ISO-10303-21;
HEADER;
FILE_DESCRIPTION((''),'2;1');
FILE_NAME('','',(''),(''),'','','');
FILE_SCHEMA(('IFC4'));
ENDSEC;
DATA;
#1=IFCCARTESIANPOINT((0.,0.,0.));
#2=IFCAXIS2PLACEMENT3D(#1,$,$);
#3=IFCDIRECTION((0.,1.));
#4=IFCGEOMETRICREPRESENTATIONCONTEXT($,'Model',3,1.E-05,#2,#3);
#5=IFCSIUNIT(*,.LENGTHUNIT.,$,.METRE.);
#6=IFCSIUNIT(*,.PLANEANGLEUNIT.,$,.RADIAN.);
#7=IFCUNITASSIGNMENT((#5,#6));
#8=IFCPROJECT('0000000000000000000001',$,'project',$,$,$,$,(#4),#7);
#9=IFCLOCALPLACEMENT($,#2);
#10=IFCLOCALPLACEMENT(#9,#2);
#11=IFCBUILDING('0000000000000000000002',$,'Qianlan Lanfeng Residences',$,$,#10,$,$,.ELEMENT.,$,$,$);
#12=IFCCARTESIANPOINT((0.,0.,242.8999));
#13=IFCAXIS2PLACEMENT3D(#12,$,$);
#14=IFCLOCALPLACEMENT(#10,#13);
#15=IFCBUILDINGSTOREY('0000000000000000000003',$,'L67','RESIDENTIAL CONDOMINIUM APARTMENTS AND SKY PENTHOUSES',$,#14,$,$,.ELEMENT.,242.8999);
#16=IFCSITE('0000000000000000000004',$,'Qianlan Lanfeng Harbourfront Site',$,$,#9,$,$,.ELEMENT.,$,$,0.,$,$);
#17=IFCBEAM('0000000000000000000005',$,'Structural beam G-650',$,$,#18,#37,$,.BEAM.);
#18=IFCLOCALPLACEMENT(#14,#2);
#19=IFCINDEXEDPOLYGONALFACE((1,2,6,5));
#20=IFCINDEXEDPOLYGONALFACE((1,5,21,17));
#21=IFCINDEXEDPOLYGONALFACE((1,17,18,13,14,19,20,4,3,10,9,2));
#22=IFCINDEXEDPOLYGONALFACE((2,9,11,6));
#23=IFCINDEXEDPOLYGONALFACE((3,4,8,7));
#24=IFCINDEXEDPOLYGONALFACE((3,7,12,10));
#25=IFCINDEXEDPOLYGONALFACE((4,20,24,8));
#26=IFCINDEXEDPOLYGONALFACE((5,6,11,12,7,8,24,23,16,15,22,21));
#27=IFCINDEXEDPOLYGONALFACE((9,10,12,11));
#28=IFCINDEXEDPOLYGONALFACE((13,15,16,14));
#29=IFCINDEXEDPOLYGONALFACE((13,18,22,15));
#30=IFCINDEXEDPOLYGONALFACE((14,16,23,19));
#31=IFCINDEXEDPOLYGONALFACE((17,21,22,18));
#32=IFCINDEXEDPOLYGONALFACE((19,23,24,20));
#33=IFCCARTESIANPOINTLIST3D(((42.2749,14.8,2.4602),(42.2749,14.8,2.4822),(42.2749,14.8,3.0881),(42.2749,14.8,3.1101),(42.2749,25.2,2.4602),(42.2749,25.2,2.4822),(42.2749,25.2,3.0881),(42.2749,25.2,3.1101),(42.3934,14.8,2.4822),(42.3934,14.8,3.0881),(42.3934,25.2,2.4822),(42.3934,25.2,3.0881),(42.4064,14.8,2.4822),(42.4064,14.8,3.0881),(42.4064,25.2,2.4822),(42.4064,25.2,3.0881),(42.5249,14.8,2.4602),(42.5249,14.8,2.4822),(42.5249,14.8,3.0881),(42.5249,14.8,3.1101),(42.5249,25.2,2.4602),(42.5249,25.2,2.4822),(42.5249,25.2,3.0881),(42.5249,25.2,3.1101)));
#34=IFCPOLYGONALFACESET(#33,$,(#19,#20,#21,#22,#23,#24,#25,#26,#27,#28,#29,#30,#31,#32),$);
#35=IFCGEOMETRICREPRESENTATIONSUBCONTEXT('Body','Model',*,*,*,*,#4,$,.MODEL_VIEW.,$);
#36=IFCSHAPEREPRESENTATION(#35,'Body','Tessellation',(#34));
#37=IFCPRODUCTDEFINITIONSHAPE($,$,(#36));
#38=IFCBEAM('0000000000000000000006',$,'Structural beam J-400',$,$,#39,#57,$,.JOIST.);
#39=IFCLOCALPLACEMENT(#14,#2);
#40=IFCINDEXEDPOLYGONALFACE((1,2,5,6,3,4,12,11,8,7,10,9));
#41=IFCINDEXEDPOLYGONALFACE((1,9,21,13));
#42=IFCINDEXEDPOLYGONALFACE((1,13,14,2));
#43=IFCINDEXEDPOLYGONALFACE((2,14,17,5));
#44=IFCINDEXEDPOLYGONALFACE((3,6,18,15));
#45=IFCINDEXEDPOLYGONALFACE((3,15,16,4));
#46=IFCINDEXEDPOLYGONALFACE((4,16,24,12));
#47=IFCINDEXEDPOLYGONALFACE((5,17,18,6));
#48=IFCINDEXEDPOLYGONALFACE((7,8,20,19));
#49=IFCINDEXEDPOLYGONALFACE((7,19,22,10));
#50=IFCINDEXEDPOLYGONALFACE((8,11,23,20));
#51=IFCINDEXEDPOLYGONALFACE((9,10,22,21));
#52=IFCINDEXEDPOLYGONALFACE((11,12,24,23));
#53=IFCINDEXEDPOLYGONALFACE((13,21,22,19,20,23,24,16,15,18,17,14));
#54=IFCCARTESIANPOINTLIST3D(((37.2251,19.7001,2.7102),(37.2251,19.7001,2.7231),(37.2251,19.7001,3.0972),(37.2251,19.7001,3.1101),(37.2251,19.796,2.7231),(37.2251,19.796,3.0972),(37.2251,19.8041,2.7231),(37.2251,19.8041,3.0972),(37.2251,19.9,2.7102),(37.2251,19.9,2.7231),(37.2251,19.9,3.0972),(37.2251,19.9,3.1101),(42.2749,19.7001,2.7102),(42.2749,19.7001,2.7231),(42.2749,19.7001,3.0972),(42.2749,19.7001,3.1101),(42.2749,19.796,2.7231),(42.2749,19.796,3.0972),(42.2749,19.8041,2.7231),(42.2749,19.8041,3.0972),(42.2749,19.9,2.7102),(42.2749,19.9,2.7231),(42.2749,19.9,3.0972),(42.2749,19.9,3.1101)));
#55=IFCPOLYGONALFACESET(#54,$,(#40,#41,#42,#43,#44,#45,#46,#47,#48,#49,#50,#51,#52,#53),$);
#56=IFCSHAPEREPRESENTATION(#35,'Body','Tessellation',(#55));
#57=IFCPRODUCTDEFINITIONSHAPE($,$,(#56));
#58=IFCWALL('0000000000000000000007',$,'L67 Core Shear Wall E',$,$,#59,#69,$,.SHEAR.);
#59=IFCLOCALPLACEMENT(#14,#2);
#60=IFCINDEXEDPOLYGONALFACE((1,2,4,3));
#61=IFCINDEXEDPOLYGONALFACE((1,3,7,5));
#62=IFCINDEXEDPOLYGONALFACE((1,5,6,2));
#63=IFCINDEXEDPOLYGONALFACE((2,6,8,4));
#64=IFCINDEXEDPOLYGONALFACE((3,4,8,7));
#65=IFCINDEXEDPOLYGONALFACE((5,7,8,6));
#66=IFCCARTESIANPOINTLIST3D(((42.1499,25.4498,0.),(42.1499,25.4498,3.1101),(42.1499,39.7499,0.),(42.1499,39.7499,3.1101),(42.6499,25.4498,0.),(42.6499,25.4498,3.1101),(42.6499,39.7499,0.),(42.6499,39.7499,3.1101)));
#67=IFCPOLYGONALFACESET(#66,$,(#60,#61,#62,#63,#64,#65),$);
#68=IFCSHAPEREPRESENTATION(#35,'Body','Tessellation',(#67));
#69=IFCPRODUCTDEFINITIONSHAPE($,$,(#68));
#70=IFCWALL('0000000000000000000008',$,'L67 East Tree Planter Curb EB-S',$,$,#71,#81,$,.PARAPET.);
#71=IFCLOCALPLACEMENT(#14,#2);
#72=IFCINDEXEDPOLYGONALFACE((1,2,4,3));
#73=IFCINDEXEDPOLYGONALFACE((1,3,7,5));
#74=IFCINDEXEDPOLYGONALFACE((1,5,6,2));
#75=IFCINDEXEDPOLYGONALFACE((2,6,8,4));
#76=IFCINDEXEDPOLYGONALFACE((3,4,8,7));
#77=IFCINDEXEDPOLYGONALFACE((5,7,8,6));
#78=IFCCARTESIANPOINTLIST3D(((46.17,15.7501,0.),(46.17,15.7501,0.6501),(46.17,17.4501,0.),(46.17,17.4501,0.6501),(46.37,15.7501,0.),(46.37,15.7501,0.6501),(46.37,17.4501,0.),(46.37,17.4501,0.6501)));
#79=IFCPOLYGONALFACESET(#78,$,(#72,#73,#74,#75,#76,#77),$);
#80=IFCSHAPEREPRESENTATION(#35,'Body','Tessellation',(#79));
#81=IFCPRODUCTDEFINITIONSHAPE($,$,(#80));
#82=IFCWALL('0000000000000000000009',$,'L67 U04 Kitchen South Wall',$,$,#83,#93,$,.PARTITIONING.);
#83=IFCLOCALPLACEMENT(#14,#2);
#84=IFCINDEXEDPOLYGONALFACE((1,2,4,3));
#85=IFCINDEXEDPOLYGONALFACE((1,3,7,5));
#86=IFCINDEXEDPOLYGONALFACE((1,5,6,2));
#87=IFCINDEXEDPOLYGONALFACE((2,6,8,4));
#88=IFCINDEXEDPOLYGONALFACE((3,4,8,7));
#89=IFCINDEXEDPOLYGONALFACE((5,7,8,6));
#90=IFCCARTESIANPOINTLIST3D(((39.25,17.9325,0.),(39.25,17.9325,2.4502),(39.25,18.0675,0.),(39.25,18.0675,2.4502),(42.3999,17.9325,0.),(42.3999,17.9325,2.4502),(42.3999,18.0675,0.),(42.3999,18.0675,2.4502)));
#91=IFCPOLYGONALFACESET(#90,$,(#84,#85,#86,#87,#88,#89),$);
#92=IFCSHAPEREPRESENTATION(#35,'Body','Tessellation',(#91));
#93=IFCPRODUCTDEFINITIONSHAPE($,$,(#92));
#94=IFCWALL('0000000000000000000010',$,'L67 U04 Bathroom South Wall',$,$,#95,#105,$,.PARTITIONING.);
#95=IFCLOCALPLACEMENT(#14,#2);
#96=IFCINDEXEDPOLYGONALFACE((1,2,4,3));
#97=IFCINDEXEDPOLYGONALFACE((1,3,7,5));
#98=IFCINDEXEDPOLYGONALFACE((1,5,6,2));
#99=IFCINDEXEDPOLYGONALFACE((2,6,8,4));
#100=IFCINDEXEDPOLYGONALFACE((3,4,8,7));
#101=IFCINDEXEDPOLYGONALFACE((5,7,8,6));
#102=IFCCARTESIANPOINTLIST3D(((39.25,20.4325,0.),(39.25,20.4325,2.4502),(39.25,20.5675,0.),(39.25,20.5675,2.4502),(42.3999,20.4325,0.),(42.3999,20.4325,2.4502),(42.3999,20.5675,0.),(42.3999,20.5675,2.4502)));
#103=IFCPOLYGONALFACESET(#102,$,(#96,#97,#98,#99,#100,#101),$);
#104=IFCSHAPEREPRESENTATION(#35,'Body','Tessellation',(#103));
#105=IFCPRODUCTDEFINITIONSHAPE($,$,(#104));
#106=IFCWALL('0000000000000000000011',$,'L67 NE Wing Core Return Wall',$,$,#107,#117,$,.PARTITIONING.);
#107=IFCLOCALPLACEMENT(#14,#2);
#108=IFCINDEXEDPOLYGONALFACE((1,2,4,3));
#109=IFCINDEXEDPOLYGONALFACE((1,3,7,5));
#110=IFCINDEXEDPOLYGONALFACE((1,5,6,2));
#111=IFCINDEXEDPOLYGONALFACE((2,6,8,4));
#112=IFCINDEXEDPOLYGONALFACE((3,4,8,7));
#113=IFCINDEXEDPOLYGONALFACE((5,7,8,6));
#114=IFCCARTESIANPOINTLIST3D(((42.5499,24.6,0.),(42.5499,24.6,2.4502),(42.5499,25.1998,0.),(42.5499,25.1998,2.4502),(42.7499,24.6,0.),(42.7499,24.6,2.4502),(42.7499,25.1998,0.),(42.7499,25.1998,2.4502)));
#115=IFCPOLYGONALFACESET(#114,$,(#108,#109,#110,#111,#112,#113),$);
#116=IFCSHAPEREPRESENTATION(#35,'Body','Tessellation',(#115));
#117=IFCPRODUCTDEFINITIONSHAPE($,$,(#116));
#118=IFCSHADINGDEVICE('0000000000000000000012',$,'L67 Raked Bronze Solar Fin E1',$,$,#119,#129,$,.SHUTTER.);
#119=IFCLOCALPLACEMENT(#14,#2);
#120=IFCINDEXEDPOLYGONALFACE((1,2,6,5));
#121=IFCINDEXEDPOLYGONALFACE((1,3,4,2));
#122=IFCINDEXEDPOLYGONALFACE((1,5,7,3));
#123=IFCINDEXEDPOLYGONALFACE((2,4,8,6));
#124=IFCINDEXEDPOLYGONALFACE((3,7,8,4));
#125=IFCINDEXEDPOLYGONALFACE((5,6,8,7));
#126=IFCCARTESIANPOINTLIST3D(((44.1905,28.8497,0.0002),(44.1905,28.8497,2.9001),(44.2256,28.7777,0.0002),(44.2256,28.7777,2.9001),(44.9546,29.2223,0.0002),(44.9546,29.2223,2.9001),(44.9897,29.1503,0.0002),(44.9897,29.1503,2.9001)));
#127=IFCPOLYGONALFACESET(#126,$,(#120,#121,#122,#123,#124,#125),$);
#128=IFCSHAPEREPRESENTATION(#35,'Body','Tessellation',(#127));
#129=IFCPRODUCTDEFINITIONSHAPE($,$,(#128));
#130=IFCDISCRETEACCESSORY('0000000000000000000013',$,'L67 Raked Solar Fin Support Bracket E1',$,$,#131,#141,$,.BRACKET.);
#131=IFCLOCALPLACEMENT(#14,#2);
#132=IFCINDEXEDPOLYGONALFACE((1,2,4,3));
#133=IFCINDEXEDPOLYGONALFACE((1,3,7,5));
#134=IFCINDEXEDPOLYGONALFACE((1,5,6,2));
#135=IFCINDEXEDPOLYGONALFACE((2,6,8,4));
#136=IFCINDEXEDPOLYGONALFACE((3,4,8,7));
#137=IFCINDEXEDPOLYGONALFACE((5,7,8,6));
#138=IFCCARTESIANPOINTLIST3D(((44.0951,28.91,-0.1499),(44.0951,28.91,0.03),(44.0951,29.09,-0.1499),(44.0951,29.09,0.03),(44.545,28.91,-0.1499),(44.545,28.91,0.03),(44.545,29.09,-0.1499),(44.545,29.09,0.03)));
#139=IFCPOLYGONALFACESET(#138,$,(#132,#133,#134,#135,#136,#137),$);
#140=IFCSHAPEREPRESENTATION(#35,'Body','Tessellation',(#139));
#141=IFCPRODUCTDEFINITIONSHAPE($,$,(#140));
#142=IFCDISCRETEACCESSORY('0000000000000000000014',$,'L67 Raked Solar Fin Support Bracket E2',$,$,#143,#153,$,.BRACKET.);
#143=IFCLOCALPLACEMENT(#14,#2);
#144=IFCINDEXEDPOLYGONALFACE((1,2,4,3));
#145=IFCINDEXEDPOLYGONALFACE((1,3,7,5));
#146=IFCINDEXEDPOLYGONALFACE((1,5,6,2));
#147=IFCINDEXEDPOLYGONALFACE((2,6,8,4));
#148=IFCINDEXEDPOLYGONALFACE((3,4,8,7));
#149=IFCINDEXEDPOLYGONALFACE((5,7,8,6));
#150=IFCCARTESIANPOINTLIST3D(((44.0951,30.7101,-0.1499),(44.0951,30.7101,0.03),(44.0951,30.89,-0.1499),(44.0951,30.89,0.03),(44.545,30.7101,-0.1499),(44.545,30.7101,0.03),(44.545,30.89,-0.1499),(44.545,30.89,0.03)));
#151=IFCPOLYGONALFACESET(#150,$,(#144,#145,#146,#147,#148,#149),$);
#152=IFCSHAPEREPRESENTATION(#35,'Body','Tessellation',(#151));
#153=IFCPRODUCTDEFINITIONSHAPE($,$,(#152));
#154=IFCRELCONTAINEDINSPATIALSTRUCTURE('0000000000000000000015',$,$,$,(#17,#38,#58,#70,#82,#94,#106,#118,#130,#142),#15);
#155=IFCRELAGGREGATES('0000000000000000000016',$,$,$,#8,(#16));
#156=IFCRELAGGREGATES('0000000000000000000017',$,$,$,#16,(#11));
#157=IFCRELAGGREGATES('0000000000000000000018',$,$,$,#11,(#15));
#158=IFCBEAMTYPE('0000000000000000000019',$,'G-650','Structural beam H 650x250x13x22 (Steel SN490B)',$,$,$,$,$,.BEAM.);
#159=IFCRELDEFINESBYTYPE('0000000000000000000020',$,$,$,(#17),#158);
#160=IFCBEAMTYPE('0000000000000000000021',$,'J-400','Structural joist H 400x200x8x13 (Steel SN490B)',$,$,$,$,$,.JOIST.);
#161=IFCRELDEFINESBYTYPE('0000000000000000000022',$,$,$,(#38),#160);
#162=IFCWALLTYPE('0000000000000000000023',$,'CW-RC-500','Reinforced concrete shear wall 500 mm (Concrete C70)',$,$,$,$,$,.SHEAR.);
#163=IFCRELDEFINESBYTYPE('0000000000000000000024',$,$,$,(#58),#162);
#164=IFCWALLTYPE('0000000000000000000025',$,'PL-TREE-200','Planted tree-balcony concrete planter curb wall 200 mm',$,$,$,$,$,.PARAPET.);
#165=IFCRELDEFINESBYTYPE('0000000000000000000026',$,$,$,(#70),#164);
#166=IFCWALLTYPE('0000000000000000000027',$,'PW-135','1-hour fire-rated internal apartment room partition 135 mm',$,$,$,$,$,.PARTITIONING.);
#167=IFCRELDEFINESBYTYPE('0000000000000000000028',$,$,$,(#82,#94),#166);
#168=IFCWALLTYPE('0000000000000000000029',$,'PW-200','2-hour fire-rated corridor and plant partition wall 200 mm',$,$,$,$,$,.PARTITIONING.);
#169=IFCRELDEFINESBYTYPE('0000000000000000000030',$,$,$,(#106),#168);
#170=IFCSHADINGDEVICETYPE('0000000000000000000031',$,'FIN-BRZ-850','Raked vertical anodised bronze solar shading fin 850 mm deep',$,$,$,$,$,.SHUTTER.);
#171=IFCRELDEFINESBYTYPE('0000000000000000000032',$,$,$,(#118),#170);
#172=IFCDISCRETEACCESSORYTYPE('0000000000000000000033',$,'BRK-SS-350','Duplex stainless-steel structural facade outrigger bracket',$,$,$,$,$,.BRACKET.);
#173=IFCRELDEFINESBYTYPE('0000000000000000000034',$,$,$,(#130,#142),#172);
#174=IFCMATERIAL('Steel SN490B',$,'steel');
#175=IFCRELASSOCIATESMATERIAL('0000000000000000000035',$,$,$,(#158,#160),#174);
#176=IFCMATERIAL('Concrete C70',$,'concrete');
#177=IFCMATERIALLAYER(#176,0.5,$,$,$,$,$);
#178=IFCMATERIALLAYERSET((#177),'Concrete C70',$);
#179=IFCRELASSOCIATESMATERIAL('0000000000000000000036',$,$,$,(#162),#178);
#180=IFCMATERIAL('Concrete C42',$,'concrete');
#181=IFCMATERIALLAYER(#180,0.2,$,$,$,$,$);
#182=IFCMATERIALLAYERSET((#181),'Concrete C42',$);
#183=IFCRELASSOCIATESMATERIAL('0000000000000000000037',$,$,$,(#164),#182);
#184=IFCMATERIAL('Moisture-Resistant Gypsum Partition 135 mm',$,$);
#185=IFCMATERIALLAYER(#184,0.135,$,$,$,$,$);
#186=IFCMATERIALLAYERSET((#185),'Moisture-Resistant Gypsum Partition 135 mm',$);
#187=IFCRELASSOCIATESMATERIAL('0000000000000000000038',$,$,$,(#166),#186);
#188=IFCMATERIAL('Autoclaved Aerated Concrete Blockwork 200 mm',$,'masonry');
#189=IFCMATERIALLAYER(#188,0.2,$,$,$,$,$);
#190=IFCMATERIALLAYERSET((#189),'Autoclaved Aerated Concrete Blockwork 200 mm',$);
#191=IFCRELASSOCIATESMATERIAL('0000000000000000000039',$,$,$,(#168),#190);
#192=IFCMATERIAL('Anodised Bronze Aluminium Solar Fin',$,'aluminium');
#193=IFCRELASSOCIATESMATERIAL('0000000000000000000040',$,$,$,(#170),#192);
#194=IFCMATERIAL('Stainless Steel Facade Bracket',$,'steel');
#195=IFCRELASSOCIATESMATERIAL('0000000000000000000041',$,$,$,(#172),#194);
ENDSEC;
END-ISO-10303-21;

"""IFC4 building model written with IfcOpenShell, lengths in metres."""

from ifc_helpers import new_model, si_unit, direction, frame, frame_2d, origin, origin_2d, place, context, subcontext, project, spatial, rectangle, i_section, extrude, source, transform, mapped, material, layer, layer_set, material_profile, profile_set, type_object, element, save


model = new_model("IFC4")

# Units and contexts
model_context = context("Model", 3, precision=1e-05, world=origin(), true_north=direction((0.0, 1.0)))
body_context = subcontext(model_context, "Body", "Model", "MODEL_VIEW")
ifc_project = project(units=[si_unit("LENGTHUNIT", "METRE"), si_unit("PLANEANGLEUNIT", "RADIAN")], contexts=[model_context])

# Site, building, storey
site_placement = place(None, origin())
site = spatial("IfcSite", under=ifc_project, at=site_placement, Name="Qianlan Lanfeng Harbourfront Site", CompositionType="ELEMENT", RefElevation=0.0)
building_placement = place(site_placement, origin())
building = spatial("IfcBuilding", under=site, at=building_placement, Name="Qianlan Lanfeng Residences", CompositionType="ELEMENT")
storey_placement = place(building_placement, frame((0.0, 0.0, 242.8999)))
storey = spatial("IfcBuildingStorey", under=building, at=storey_placement, Name="L67", Description="RESIDENTIAL CONDOMINIUM APARTMENTS AND SKY PENTHOUSES", CompositionType="ELEMENT", Elevation=242.8999)

# Beams
ifc_material_1 = material(Name="Steel SN490B", Category="steel")
ifc_material_profile_1 = material_profile(ifc_material_1, i_section(OverallWidth=0.25, OverallDepth=0.6499, WebThickness=0.0129, FlangeThickness=0.022, at=origin_2d()), Name="H 650x250x13x22")
ifc_profile_set_1 = profile_set([ifc_material_profile_1], Name="Steel SN490B")
beam_type_1 = type_object("IfcBeamType", Name="G-650", Description="Structural beam H 650x250x13x22 (Steel SN490B)", PredefinedType="BEAM", material=ifc_profile_set_1)
beam_1_placement = place(storey_placement, frame((42.3999, 14.8, 2.7852), z_axis=(0.0, 1.0, 0.0), x_axis=(-1.0, 0.0, 0.0)))
element("IfcBeam", 1, at=beam_1_placement, inside=storey, type_object=beam_type_1, Name="Structural beam G-650", PredefinedType="BEAM", context=body_context, shape_type="SweptSolid", body=[
    extrude(i_section(OverallWidth=0.25, OverallDepth=0.6499, WebThickness=0.0129, FlangeThickness=0.022, at=origin_2d()), origin(), (0.0, 0.0, 1.0), 10.3999),
])
ifc_material_profile_2 = material_profile(ifc_material_1, i_section(OverallWidth=0.2, OverallDepth=0.3999, WebThickness=0.0081, FlangeThickness=0.0129, at=origin_2d()), Name="H 400x200x8x13")
ifc_profile_set_2 = profile_set([ifc_material_profile_2], Name="Steel SN490B")
beam_type_2 = type_object("IfcBeamType", Name="J-400", Description="Structural joist H 400x200x8x13 (Steel SN490B)", PredefinedType="JOIST", material=ifc_profile_set_2)
beam_2_placement = place(storey_placement, frame((37.2251, 19.8, 2.9102), z_axis=(1.0, 0.0, 0.0), x_axis=(0.0, 1.0, 0.0)))
element("IfcBeam", 2, at=beam_2_placement, inside=storey, type_object=beam_type_2, Name="Structural beam J-400", PredefinedType="JOIST", context=body_context, shape_type="SweptSolid", body=[
    extrude(i_section(OverallWidth=0.2, OverallDepth=0.3999, WebThickness=0.0081, FlangeThickness=0.0129, at=origin_2d()), origin(), (0.0, 0.0, 1.0), 5.0498),
])

# Walls
ifc_material_2 = material(Name="Concrete C70", Category="concrete")
ifc_layer_1 = layer(ifc_material_2, 0.5)
ifc_layer_set_1 = layer_set([ifc_layer_1], Name="Concrete C70")
wall_type_1 = type_object("IfcWallType", Name="CW-RC-500", Description="Reinforced concrete shear wall 500 mm (Concrete C70)", PredefinedType="SHEAR", material=ifc_layer_set_1)
wall_1_placement = place(storey_placement, frame((42.3999, 25.45, 0.0), z_axis=(0.0, 0.0, 1.0), x_axis=(0.0, 1.0, 0.0)))
element("IfcWall", 3, at=wall_1_placement, inside=storey, type_object=wall_type_1, Name="L67 Core Shear Wall E", PredefinedType="SHEAR", context=body_context, shape_type="SweptSolid", body=[
    extrude(rectangle(XDim=14.3, YDim=0.5, at=frame_2d((7.1499, 0.0))), origin(), (0.0, 0.0, 1.0), 3.1101),
])
ifc_material_3 = material(Name="Concrete C42", Category="concrete")
ifc_layer_2 = layer(ifc_material_3, 0.2)
ifc_layer_set_2 = layer_set([ifc_layer_2], Name="Concrete C42")
wall_type_2 = type_object("IfcWallType", Name="PL-TREE-200", Description="Planted tree-balcony concrete planter curb wall 200 mm", PredefinedType="PARAPET", material=ifc_layer_set_2)
wall_2_placement = place(storey_placement, frame((46.27, 15.75, 0.0), z_axis=(0.0, 0.0, 1.0), x_axis=(0.0, 1.0, 0.0)))
element("IfcWall", 4, at=wall_2_placement, inside=storey, type_object=wall_type_2, Name="L67 East Tree Planter Curb EB-S", PredefinedType="PARAPET", context=body_context, shape_type="SweptSolid", body=[
    extrude(rectangle(XDim=1.7, YDim=0.2, at=frame_2d((0.8501, 0.0))), origin(), (0.0, 0.0, 1.0), 0.6501),
])

# Shared definitions
ifc_material_4 = material(Name="Moisture-Resistant Gypsum Partition 135 mm")
ifc_layer_3 = layer(ifc_material_4, 0.135)
ifc_layer_set_3 = layer_set([ifc_layer_3], Name="Moisture-Resistant Gypsum Partition 135 mm")
wall_type_3 = type_object("IfcWallType", Name="PW-135", Description="1-hour fire-rated internal apartment room partition 135 mm", PredefinedType="PARTITIONING", material=ifc_layer_set_3)

# Walls
for number, where, z_axis, x_axis, name in (
    (5, (39.25, 18.0, 0.0), (0.0, 0.0, 1.0), (1.0, 0.0, 0.0), "L67 U04 Kitchen South Wall"),
    (6, (39.25, 20.5, 0.0), (0.0, 0.0, 1.0), (1.0, 0.0, 0.0), "L67 U04 Bathroom South Wall"),
):
    element("IfcWall", number, at=place(storey_placement, frame(where, z_axis=z_axis, x_axis=x_axis)), inside=storey, type_object=wall_type_3, Name=name, PredefinedType="PARTITIONING", context=body_context, shape_type="SweptSolid", body=[
        extrude(rectangle(XDim=3.1499, YDim=0.135, at=frame_2d((1.575, 0.0))), origin(), (0.0, 0.0, 1.0), 2.4502),
    ])

# Shared definitions
ifc_material_5 = material(Name="Autoclaved Aerated Concrete Blockwork 200 mm", Category="masonry")
ifc_layer_4 = layer(ifc_material_5, 0.2)
ifc_layer_set_4 = layer_set([ifc_layer_4], Name="Autoclaved Aerated Concrete Blockwork 200 mm")
wall_type_4 = type_object("IfcWallType", Name="PW-200", Description="2-hour fire-rated corridor and plant partition wall 200 mm", PredefinedType="PARTITIONING", material=ifc_layer_set_4)

# Wall
wall_3_placement = place(storey_placement, frame((42.6499, 24.6001, 0.0), z_axis=(0.0, 0.0, 1.0), x_axis=(0.0, 1.0, 0.0)))
element("IfcWall", 7, at=wall_3_placement, inside=storey, type_object=wall_type_4, Name="L67 NE Wing Core Return Wall", PredefinedType="PARTITIONING", context=body_context, shape_type="SweptSolid", body=[
    extrude(rectangle(XDim=0.5999, YDim=0.2, at=frame_2d((0.2998, 0.0))), origin(), (0.0, 0.0, 1.0), 2.4502),
])

# Shading device
ifc_material_6 = material(Name="Anodised Bronze Aluminium Solar Fin", Category="aluminium")
shading_device_type = type_object("IfcShadingDeviceType", Name="FIN-BRZ-850", Description="Raked vertical anodised bronze solar shading fin 850 mm deep", PredefinedType="SHUTTER", material=ifc_material_6)
shared_shape_1 = source(origin(), body_context, "Body", "SweptSolid", [
    extrude(rectangle(XDim=0.8501, YDim=0.0801, at=origin_2d()), origin(), (0.0, 0.0, 1.0), 2.8999),
])
shading_device_placement = place(storey_placement, frame((44.5901, 29.0, 0.0002), z_axis=(0.0, 0.0, 1.0), x_axis=(0.898794, 0.438371, 0.0)))
element("IfcShadingDevice", 8, at=shading_device_placement, inside=storey, type_object=shading_device_type, Name="L67 Raked Bronze Solar Fin E1", PredefinedType="SHUTTER", context=body_context, shape_type="MappedRepresentation", body=[
    mapped(shared_shape_1, transform((0.0, 0.0, 0.0), scale=1.0)),
])

# Discrete accessories
ifc_material_7 = material(Name="Stainless Steel Facade Bracket", Category="steel")
discrete_accessory_type = type_object("IfcDiscreteAccessoryType", Name="BRK-SS-350", Description="Duplex stainless-steel structural facade outrigger bracket", PredefinedType="BRACKET", material=ifc_material_7)
shared_shape_2 = source(origin(), body_context, "Body", "SweptSolid", [
    extrude(rectangle(XDim=0.45, YDim=0.1799, at=origin_2d()), origin(), (0.0, 0.0, 1.0), 0.1799),
])
for number, where, z_axis, x_axis, name in (
    (9, (44.3201, 29.0, -0.1499), (0.0, 0.0, 1.0), (1.0, 0.0, 0.0), "L67 Raked Solar Fin Support Bracket E1"),
    (10, (44.3201, 30.8, -0.1499), (0.0, 0.0, 1.0), (1.0, 0.0, 0.0), "L67 Raked Solar Fin Support Bracket E2"),
):
    element("IfcDiscreteAccessory", number, at=place(storey_placement, frame(where, z_axis=z_axis, x_axis=x_axis)), inside=storey, type_object=discrete_accessory_type, Name=name, PredefinedType="BRACKET", context=body_context, shape_type="MappedRepresentation", body=[
        mapped(shared_shape_2, transform((0.0, 0.0, 0.0), scale=1.0)),
    ])

save(model, "model.ifc")
